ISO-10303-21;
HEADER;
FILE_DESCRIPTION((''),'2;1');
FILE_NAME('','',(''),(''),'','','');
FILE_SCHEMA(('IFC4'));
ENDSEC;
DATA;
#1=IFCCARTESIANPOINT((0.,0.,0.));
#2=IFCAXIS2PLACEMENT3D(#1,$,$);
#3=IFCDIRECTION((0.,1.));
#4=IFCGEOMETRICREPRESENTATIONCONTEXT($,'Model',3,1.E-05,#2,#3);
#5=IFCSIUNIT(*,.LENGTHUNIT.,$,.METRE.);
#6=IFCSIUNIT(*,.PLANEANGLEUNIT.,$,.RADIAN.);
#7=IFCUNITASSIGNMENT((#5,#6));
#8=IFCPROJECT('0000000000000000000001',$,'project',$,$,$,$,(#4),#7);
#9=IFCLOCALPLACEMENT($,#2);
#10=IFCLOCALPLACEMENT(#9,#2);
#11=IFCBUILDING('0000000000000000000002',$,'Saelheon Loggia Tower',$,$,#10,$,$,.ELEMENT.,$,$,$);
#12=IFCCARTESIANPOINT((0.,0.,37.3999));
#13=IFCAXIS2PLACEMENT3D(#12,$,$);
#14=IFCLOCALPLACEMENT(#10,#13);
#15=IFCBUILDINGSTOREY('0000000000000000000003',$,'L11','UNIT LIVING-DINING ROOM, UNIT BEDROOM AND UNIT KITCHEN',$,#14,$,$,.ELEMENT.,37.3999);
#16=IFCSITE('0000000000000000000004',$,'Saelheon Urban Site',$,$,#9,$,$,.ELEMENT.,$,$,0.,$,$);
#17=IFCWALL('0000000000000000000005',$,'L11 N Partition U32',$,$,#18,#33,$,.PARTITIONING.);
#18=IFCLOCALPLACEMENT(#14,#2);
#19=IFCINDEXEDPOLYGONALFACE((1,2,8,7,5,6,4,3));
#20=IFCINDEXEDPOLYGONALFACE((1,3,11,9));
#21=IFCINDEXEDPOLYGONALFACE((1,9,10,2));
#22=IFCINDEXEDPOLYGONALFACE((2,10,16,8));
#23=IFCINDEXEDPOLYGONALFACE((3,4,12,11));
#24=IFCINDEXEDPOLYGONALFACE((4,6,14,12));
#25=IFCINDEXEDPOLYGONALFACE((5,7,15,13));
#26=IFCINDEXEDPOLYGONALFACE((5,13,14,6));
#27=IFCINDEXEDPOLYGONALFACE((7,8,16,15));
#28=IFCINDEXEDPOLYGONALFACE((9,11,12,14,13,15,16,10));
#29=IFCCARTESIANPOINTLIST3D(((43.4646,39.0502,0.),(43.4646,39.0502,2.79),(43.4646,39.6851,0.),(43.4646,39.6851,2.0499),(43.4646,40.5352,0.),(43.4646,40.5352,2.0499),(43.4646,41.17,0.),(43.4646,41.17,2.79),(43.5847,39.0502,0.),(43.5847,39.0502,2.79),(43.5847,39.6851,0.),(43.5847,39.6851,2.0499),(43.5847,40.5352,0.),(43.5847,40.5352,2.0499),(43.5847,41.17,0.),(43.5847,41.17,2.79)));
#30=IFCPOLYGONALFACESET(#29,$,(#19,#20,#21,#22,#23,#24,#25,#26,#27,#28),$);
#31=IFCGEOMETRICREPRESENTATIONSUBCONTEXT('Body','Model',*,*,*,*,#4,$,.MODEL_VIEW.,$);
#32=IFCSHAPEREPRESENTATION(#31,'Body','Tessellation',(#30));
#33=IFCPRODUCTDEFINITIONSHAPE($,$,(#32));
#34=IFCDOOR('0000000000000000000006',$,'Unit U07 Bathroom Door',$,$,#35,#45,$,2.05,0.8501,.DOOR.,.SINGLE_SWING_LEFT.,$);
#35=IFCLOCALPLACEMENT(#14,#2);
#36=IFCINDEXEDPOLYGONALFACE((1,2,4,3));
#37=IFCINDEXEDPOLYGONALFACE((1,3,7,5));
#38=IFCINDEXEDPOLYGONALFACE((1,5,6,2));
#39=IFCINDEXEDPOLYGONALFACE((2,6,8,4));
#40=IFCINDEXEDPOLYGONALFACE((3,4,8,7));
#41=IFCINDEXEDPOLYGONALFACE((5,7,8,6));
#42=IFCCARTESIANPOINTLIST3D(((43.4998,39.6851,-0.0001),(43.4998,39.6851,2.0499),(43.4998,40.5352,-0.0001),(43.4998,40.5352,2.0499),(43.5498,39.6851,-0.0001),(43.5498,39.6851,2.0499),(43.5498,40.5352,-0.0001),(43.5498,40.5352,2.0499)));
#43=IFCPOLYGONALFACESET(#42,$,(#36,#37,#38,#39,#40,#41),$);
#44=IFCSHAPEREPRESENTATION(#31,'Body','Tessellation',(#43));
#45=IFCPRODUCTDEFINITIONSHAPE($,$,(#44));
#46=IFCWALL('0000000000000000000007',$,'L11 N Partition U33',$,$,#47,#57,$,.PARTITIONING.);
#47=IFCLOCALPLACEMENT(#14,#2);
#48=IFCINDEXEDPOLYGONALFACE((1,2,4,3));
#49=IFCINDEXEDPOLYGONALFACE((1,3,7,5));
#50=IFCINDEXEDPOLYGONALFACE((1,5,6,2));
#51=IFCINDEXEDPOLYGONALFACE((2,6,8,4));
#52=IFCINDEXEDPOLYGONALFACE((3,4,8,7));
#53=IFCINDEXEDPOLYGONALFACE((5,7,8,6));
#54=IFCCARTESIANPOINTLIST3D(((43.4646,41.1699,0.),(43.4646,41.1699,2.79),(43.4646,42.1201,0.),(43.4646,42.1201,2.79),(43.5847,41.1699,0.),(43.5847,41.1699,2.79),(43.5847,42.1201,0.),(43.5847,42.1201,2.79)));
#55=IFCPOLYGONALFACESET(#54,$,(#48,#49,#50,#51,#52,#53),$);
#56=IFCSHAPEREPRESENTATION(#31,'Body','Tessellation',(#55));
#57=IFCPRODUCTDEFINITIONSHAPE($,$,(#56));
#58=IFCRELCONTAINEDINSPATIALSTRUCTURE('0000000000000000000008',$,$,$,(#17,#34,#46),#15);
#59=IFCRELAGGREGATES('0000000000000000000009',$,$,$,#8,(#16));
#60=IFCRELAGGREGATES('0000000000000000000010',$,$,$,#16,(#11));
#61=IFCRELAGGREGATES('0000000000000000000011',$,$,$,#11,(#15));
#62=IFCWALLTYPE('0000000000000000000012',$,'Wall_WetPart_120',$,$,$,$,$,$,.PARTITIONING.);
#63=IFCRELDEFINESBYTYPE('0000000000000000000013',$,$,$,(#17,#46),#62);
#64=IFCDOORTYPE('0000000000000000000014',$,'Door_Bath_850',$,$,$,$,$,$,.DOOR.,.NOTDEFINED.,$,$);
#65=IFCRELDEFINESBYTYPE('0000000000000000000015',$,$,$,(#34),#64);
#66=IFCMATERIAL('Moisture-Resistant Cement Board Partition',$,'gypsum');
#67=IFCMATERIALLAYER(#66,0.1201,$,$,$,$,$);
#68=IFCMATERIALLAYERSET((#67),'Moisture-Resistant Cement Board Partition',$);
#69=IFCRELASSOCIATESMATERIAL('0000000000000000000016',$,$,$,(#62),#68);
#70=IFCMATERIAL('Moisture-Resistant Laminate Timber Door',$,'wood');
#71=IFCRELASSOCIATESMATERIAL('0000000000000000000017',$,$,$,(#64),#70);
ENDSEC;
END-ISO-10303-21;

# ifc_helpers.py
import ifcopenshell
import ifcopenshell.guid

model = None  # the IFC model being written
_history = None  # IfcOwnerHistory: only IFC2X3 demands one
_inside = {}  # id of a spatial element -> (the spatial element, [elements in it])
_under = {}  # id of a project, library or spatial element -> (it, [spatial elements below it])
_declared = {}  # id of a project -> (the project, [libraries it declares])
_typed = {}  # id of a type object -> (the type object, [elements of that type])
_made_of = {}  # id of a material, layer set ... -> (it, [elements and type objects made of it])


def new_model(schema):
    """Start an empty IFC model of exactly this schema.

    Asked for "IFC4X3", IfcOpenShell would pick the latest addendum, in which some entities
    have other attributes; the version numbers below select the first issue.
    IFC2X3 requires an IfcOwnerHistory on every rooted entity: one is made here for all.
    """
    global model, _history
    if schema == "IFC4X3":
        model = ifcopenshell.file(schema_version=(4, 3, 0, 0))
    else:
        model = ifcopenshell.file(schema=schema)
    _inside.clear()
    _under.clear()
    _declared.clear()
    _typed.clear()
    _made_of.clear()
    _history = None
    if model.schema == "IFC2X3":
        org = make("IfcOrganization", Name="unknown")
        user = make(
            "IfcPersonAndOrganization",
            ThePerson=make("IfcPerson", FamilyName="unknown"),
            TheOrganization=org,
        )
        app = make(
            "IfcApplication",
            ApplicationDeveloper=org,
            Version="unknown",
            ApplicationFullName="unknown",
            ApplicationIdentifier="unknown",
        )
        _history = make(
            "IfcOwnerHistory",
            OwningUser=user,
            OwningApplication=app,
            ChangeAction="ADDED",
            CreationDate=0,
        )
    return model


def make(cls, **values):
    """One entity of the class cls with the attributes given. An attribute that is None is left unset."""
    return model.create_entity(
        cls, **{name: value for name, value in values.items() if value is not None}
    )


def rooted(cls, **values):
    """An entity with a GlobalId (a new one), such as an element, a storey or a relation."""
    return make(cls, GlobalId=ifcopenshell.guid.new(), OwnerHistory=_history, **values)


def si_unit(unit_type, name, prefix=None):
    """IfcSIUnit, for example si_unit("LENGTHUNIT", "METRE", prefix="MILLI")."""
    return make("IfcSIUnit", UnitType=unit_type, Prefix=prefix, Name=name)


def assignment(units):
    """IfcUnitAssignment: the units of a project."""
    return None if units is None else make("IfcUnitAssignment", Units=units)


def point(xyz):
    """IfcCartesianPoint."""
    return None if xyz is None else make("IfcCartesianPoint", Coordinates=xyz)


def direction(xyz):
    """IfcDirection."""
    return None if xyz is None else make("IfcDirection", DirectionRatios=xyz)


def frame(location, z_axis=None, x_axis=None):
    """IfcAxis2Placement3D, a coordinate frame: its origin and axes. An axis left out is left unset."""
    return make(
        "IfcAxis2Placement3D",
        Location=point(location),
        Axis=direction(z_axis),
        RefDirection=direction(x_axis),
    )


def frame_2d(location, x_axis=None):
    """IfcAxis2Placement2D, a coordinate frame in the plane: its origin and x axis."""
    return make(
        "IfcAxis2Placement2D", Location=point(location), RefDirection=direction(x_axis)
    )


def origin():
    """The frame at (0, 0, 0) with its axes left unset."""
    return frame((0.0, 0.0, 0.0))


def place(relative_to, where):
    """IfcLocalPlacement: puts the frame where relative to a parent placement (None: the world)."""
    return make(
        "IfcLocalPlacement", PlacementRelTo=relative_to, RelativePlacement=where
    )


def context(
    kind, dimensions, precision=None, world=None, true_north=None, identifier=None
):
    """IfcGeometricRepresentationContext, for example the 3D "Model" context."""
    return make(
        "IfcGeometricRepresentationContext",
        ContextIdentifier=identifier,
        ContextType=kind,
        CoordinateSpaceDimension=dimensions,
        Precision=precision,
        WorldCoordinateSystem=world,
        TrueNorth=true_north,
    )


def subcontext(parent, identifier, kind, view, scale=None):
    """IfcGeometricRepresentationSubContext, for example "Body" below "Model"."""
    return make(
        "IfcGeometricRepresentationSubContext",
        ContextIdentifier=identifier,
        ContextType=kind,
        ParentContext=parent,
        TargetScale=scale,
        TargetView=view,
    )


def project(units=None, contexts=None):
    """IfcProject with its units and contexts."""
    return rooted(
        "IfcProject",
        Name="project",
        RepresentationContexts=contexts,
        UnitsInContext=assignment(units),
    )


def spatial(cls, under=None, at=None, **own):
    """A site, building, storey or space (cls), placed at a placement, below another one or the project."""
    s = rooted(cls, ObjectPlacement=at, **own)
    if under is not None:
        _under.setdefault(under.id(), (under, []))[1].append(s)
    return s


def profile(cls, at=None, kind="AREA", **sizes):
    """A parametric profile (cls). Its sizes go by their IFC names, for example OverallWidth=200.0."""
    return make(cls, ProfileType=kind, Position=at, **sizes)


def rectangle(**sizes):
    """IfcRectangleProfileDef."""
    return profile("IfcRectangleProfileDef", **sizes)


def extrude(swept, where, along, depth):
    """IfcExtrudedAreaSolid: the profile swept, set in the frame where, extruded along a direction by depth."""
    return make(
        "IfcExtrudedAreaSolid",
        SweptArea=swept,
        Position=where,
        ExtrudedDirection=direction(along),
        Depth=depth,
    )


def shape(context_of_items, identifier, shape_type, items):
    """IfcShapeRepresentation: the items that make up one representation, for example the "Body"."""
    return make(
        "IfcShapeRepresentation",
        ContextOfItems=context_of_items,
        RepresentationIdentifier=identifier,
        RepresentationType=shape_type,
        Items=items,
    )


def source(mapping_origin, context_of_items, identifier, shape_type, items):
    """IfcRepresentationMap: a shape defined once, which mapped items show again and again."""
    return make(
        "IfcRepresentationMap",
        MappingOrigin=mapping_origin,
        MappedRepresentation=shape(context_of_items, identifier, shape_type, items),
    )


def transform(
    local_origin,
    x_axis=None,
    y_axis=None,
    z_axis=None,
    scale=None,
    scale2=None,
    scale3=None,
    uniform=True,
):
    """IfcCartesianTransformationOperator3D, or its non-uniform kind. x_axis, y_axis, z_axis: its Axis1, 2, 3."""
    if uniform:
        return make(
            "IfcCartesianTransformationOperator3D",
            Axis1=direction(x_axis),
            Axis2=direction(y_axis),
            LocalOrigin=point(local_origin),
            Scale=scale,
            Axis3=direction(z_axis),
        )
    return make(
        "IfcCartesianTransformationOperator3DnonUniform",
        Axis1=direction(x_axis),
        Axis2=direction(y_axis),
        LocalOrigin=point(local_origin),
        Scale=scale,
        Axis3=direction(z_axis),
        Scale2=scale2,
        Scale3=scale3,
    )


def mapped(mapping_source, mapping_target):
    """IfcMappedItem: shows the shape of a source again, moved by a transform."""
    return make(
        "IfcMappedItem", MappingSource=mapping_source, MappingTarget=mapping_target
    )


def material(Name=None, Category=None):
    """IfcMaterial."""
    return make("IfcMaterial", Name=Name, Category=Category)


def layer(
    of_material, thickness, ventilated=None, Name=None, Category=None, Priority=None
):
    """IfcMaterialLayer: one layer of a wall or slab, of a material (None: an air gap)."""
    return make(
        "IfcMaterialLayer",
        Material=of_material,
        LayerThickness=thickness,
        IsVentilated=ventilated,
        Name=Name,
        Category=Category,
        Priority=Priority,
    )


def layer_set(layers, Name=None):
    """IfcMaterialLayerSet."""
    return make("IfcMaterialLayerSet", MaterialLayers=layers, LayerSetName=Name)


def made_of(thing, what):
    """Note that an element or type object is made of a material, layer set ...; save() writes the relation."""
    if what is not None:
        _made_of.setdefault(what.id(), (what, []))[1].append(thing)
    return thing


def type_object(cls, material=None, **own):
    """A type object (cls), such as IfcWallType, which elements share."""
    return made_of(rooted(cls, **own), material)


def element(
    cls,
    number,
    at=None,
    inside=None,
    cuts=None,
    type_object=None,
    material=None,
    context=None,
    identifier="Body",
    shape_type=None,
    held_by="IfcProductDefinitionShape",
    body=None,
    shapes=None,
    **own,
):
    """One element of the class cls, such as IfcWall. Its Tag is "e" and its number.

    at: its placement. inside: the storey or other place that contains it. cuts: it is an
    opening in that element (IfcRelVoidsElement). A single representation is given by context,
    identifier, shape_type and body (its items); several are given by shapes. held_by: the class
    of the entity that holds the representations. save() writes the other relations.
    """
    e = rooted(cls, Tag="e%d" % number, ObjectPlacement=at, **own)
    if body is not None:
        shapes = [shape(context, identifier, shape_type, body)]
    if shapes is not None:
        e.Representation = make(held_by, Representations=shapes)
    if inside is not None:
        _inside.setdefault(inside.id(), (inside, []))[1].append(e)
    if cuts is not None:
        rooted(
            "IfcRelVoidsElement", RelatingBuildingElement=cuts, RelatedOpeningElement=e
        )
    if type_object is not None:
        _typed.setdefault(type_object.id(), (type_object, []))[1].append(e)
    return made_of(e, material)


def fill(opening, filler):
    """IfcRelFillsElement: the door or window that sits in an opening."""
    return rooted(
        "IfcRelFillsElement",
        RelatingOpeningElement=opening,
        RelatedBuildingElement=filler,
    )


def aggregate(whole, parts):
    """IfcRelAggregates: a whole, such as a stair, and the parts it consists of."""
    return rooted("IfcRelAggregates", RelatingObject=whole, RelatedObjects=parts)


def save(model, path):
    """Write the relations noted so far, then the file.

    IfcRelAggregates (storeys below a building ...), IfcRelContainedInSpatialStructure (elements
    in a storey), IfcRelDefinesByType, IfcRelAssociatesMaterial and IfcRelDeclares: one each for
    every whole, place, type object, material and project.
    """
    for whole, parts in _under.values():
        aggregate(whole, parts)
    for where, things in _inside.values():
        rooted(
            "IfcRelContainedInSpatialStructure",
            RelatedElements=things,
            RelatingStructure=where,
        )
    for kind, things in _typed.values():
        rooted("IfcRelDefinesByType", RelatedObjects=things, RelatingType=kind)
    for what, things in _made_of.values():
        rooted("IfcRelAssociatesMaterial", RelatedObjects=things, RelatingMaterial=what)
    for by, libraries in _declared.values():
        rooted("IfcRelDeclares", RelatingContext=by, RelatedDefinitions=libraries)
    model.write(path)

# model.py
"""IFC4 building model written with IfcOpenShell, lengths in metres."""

from ifc_helpers import new_model, si_unit, direction, frame, frame_2d, origin, place, context, subcontext, project, spatial, rectangle, extrude, source, transform, mapped, material, layer, layer_set, type_object, element, fill, save


model = new_model("IFC4")

# Units and contexts
model_context = context("Model", 3, precision=1e-05, world=origin(), true_north=direction((0.0, 1.0)))
body_context = subcontext(model_context, "Body", "Model", "MODEL_VIEW")
ifc_project = project(units=[si_unit("LENGTHUNIT", "METRE"), si_unit("PLANEANGLEUNIT", "RADIAN")], contexts=[model_context])

# Site, building, storey
site_placement = place(None, origin())
site = spatial("IfcSite", under=ifc_project, at=site_placement, Name="Saelheon Urban Site", CompositionType="ELEMENT", RefElevation=0.0)
building_placement = place(site_placement, origin())
building = spatial("IfcBuilding", under=site, at=building_placement, Name="Saelheon Loggia Tower", CompositionType="ELEMENT")
storey_placement = place(building_placement, frame((0.0, 0.0, 37.3999)))
storey = spatial("IfcBuildingStorey", under=building, at=storey_placement, Name="L11", Description="UNIT LIVING-DINING ROOM, UNIT BEDROOM AND UNIT KITCHEN", CompositionType="ELEMENT", Elevation=37.3999)

# Shared definitions
ifc_material_1 = material(Name="Moisture-Resistant Cement Board Partition", Category="gypsum")
ifc_layer_1 = layer(ifc_material_1, 0.1201)
ifc_layer_set_1 = layer_set([ifc_layer_1], Name="Moisture-Resistant Cement Board Partition")
wall_type_1 = type_object("IfcWallType", Name="Wall_WetPart_120", PredefinedType="PARTITIONING", material=ifc_layer_set_1)

# Wall, opening, door
wall_1_placement = place(storey_placement, frame((43.5247, 39.05, 0.0), z_axis=(0.0, 0.0, 1.0), x_axis=(0.0, 1.0, 0.0)))
wall_1 = element("IfcWall", 1, at=wall_1_placement, inside=storey, type_object=wall_type_1, Name="L11 N Partition U32", PredefinedType="PARTITIONING", context=body_context, shape_type="SweptSolid", body=[
    extrude(rectangle(XDim=2.1199, YDim=0.1201, at=frame_2d((1.0601, 0.0))), origin(), (0.0, 0.0, 1.0), 2.79),
])
opening_1_placement = place(wall_1_placement, frame((0.635, 0.0, 0.0)))
opening_1 = element("IfcOpeningElement", 2, at=opening_1_placement, cuts=wall_1, PredefinedType="OPENING", context=body_context, shape_type="SweptSolid", body=[
    extrude(rectangle(XDim=0.8501, YDim=2.05, at=frame_2d((0.425, 1.0249))), frame((0.0, 0.072, 0.0), z_axis=(0.0, -1.0, 0.0), x_axis=(1.0, 0.0, 0.0)), (0.0, 0.0, 1.0), 0.144),
])
ifc_material_2 = material(Name="Moisture-Resistant Laminate Timber Door", Category="wood")
door_type_1 = type_object("IfcDoorType", Name="Door_Bath_850", OperationType="NOTDEFINED", PredefinedType="DOOR", material=ifc_material_2)
shared_shape_1 = source(origin(), body_context, "Body", "SweptSolid", [
    extrude(rectangle(XDim=0.8501, YDim=2.05, at=frame_2d((0.425, 1.0249))), frame((0.0, 0.0249, 0.0), z_axis=(0.0, -1.0, 0.0), x_axis=(1.0, 0.0, 0.0)), (0.0, 0.0, 1.0), 0.05),
])
door_1_placement = place(opening_1_placement, origin())
door_1 = element("IfcDoor", 3, at=door_1_placement, inside=storey, type_object=door_type_1, Name="Unit U07 Bathroom Door", OperationType="SINGLE_SWING_LEFT", OverallHeight=2.05, OverallWidth=0.8501, PredefinedType="DOOR", context=body_context, shape_type="MappedRepresentation", body=[
    mapped(shared_shape_1, transform((0.0, 0.0, 0.0), scale=1.0)),
])
fill(opening_1, door_1)

# Wall
wall_2_placement = place(storey_placement, frame((43.5247, 41.1699, 0.0), z_axis=(0.0, 0.0, 1.0), x_axis=(0.0, 1.0, 0.0)))
element("IfcWall", 4, at=wall_2_placement, inside=storey, type_object=wall_type_1, Name="L11 N Partition U33", PredefinedType="PARTITIONING", context=body_context, shape_type="SweptSolid", body=[
    extrude(rectangle(XDim=0.9502, YDim=0.1201, at=frame_2d((0.4751, 0.0))), origin(), (0.0, 0.0, 1.0), 2.79),
])

save(model, "model.ifc")
